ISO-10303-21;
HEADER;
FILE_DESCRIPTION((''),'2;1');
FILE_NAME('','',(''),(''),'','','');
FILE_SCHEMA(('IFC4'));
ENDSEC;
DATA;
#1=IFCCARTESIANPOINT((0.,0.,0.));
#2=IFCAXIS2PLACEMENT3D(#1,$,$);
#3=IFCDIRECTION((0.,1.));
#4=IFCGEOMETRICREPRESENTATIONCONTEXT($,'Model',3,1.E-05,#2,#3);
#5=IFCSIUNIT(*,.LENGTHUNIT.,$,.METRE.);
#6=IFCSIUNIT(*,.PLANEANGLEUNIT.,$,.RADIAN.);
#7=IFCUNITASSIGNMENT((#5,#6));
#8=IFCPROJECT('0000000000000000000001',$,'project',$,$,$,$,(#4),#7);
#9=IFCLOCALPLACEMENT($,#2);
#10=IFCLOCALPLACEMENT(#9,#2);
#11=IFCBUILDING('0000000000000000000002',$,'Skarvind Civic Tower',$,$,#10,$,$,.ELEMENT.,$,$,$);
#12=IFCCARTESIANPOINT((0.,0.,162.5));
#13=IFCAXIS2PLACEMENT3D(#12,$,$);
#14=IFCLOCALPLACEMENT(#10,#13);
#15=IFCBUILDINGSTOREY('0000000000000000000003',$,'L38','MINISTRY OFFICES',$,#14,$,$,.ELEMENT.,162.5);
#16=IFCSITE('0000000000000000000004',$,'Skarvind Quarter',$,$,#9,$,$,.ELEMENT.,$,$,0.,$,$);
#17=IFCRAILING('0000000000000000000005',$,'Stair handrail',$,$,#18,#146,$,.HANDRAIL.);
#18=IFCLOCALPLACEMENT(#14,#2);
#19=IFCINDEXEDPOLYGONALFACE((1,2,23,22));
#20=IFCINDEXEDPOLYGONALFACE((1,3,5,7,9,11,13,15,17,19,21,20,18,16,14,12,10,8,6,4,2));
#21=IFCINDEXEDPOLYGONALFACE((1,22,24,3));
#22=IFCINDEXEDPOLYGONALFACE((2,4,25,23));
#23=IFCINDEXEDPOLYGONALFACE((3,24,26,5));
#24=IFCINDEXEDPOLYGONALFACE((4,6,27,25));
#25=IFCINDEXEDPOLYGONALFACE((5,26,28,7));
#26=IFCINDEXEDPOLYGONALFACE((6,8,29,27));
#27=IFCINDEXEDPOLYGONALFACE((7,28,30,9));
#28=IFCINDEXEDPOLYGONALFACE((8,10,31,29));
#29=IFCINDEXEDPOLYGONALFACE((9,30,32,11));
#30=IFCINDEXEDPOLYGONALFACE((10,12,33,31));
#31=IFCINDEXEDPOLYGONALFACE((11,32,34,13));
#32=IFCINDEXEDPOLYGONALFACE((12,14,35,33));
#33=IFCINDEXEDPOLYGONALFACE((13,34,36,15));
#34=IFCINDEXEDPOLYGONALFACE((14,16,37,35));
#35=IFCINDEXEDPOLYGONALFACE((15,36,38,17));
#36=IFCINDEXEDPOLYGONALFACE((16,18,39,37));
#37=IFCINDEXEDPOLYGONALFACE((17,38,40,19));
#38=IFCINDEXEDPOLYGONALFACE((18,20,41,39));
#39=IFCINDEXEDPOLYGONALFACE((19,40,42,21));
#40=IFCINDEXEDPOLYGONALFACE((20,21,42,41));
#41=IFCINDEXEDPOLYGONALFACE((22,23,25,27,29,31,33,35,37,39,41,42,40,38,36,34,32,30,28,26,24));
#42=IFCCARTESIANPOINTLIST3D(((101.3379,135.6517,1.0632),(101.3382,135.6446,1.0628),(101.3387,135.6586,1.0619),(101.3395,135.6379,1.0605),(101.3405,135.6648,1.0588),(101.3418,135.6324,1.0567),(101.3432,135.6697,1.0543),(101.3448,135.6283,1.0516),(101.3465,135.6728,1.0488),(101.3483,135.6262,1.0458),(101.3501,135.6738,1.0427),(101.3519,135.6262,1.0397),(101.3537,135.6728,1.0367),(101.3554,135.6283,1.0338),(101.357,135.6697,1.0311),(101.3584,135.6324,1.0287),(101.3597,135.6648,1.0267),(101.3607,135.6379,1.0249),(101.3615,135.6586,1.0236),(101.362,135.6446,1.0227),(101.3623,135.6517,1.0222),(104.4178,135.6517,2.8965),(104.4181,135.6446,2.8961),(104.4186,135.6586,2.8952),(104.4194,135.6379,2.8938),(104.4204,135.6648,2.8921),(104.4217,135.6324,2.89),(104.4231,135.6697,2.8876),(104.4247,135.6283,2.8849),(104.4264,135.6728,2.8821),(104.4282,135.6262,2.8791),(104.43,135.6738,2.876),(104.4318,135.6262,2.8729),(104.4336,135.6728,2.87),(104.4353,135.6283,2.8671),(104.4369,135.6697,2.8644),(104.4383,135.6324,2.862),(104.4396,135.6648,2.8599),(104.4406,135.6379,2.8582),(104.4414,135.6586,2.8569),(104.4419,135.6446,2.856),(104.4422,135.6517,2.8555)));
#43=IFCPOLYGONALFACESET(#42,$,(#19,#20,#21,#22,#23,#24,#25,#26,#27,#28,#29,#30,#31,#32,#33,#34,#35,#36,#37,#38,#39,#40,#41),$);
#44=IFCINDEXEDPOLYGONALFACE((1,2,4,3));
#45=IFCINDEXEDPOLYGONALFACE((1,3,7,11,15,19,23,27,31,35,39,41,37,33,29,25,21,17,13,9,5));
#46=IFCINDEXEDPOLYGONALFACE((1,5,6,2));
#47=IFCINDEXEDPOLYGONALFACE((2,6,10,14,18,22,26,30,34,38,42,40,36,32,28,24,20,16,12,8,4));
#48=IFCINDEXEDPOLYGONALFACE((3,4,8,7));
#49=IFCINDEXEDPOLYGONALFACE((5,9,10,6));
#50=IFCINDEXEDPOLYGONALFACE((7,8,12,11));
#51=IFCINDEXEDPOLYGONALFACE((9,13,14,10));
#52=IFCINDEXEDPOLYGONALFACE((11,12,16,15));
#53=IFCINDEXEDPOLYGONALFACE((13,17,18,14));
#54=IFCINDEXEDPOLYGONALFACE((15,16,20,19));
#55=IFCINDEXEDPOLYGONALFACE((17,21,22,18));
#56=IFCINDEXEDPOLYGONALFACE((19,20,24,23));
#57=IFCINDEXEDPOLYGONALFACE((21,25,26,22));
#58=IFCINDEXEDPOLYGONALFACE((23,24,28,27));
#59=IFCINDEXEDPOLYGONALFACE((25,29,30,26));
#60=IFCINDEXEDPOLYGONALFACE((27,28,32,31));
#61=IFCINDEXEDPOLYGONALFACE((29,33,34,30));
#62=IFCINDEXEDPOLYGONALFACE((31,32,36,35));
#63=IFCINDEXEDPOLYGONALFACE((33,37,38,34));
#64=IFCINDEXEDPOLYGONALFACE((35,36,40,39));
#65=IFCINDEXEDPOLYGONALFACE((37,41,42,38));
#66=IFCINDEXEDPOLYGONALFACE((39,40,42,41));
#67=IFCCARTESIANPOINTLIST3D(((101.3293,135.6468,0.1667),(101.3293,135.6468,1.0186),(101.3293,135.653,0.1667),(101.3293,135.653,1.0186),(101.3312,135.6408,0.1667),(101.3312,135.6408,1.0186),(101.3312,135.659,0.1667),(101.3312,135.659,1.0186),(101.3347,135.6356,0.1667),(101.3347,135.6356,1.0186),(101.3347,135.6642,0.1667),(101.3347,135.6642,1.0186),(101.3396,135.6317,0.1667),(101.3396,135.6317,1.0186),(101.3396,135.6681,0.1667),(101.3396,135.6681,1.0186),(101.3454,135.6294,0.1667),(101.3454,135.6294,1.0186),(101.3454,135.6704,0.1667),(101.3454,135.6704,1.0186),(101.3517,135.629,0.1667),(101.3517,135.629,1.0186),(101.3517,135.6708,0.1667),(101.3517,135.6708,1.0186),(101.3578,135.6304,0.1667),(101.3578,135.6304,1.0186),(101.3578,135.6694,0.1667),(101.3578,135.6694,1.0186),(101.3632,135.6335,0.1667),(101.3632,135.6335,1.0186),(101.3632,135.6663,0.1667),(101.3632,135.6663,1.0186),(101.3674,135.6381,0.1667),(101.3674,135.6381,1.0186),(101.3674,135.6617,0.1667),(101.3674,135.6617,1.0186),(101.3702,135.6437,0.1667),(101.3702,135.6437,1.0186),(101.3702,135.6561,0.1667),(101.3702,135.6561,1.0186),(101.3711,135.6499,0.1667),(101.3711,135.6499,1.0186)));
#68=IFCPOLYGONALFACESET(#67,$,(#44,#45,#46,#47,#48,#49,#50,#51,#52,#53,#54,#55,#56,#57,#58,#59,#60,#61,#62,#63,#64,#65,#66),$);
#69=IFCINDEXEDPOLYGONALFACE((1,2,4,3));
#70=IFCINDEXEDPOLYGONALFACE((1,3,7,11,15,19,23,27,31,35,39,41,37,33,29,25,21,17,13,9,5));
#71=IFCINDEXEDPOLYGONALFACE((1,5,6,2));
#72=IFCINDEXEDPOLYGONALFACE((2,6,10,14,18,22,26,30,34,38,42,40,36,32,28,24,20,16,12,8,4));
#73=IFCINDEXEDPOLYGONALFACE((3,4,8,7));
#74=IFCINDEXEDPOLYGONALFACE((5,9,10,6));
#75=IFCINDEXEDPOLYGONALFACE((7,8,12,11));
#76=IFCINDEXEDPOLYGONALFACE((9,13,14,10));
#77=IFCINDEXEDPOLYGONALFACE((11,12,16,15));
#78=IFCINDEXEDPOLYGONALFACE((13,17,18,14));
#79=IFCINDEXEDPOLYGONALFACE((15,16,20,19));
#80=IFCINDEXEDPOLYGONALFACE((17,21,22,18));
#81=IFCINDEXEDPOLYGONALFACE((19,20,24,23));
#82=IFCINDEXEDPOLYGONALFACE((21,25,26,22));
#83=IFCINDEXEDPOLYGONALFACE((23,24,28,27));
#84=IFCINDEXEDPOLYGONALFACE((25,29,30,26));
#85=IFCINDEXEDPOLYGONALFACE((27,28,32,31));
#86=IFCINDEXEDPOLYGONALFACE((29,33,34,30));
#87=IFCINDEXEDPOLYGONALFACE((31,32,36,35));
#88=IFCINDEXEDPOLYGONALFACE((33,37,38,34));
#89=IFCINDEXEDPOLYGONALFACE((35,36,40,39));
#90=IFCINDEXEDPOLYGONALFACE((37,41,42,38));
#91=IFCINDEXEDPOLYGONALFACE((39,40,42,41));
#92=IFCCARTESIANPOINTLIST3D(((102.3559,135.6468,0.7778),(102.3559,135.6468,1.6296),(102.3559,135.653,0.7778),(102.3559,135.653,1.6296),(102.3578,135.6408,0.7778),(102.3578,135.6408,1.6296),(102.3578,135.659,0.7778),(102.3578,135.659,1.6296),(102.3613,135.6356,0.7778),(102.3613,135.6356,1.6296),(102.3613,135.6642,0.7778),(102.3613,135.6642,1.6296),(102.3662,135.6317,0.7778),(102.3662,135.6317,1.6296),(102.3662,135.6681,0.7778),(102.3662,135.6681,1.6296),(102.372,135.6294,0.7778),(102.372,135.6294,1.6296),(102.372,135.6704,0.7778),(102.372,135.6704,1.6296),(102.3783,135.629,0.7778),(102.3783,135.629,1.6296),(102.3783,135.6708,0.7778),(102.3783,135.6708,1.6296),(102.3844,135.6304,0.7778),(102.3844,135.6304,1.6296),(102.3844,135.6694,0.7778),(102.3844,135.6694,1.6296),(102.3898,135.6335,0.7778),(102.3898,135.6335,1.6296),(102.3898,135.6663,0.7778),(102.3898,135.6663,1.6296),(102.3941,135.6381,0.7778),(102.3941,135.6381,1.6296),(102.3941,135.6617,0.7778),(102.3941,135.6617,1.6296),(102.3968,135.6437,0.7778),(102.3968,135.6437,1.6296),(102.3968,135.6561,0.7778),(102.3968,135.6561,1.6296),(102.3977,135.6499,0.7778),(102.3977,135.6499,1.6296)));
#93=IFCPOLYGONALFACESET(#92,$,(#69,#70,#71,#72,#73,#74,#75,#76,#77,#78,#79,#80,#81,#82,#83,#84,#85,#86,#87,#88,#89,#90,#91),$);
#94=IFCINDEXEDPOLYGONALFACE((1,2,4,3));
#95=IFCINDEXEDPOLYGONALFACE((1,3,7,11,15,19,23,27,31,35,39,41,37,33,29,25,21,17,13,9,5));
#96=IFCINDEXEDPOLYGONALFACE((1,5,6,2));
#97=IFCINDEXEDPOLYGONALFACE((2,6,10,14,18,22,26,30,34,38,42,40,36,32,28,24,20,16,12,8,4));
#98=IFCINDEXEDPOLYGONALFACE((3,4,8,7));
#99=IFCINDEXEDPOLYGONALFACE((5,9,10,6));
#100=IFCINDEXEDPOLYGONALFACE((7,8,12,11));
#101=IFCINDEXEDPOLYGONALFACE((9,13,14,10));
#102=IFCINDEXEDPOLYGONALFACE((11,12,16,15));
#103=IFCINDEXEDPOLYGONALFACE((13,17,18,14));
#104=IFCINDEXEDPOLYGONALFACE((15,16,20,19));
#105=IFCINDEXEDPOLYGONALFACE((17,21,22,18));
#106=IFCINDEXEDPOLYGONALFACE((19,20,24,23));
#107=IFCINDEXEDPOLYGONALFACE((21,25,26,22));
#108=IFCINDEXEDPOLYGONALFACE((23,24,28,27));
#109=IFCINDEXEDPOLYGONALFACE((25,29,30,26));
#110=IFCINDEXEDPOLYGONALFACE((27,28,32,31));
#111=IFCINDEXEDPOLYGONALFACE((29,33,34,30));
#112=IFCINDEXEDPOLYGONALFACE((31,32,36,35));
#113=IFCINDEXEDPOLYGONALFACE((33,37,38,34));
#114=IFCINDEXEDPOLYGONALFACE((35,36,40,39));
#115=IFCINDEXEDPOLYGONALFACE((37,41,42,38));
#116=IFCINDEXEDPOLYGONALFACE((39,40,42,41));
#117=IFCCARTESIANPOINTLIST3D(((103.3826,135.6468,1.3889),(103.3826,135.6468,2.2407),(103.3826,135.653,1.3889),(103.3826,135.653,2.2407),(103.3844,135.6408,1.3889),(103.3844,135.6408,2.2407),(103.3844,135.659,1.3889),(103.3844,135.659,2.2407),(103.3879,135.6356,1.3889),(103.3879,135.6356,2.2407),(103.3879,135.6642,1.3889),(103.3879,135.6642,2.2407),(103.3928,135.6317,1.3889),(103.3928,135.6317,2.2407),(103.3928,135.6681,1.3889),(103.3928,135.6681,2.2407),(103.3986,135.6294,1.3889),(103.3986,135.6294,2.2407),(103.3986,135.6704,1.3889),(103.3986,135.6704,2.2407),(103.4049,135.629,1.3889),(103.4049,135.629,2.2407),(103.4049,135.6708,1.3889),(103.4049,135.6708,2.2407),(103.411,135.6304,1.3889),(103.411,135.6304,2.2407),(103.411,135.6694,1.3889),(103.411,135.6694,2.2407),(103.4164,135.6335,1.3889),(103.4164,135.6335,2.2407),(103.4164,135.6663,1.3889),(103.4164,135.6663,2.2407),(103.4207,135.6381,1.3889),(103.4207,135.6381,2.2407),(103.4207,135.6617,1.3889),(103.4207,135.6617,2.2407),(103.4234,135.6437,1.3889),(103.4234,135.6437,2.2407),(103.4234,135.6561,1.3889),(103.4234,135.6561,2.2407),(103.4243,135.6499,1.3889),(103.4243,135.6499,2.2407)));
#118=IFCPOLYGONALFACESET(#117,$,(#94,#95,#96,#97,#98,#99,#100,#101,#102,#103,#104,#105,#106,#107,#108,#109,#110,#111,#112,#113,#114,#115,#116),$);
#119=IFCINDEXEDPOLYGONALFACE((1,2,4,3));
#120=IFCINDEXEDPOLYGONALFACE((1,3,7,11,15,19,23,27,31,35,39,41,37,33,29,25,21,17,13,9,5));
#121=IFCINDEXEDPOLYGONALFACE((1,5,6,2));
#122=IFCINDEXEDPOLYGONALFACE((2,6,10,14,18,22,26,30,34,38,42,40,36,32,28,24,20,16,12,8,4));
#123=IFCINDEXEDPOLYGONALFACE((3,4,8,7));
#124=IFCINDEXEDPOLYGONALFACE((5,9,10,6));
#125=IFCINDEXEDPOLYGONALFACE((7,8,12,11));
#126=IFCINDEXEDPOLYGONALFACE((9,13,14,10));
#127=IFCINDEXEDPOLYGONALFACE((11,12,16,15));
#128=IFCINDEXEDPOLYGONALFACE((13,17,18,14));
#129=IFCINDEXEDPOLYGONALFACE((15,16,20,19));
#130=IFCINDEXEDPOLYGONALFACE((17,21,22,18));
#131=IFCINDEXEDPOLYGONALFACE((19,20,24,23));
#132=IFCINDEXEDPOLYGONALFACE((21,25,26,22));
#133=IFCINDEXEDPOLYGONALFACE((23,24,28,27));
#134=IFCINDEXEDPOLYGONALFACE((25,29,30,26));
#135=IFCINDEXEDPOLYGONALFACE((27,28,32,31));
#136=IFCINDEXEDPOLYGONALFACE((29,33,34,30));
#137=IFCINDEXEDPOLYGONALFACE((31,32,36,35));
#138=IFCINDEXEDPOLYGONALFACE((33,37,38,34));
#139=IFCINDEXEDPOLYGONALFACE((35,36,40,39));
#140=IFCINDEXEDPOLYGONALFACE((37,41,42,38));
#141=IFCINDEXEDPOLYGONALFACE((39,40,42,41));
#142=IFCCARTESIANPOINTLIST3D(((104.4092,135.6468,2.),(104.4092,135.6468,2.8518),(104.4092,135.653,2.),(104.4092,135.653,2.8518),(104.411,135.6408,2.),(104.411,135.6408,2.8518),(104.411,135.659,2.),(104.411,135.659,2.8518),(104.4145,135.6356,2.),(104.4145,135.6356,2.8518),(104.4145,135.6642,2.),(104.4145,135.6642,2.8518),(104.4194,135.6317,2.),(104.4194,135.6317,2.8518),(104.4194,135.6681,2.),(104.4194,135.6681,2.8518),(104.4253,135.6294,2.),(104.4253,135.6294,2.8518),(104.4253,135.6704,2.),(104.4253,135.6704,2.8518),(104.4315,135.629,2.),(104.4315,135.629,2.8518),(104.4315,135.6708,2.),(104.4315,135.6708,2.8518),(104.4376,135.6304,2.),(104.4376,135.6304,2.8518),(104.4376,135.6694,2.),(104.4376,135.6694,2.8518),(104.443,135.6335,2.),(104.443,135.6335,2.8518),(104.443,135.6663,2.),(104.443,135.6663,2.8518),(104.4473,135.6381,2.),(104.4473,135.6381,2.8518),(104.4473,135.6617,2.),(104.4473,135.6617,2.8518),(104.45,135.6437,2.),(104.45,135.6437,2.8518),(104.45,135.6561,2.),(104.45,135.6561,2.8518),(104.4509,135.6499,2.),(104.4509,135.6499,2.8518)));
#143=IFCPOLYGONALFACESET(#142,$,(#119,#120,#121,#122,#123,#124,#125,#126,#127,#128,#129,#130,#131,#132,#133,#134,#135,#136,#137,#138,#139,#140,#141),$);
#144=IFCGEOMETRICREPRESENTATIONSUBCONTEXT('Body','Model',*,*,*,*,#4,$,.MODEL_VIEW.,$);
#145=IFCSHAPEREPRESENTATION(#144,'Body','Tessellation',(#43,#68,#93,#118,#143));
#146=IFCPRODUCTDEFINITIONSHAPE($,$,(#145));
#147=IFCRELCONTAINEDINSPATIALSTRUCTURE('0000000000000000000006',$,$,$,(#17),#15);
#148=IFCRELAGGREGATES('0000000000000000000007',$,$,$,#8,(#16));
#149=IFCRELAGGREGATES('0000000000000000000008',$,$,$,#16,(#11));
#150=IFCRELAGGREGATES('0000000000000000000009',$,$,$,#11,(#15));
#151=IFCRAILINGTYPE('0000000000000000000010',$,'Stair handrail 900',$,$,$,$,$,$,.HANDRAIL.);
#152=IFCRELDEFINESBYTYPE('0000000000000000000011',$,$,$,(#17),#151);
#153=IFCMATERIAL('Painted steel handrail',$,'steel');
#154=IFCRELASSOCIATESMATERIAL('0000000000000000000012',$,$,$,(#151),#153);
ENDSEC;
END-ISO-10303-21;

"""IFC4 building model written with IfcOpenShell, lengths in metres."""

from ifc_helpers import new_model, si_unit, direction, frame, origin, origin_2d, place, context, subcontext, project, spatial, circle, extrude, material, type_object, element, save


model = new_model("IFC4")

# Units and contexts
model_context = context("Model", 3, precision=1e-05, world=origin(), true_north=direction((0.0, 1.0)))
body_context = subcontext(model_context, "Body", "Model", "MODEL_VIEW")
ifc_project = project(units=[si_unit("LENGTHUNIT", "METRE"), si_unit("PLANEANGLEUNIT", "RADIAN")], contexts=[model_context])

# Site, building, storey
site_placement = place(None, origin())
site = spatial("IfcSite", under=ifc_project, at=site_placement, Name="Skarvind Quarter", CompositionType="ELEMENT", RefElevation=0.0)
building_placement = place(site_placement, origin())
building = spatial("IfcBuilding", under=site, at=building_placement, Name="Skarvind Civic Tower", CompositionType="ELEMENT")
storey_placement = place(building_placement, frame((0.0, 0.0, 162.5)))
storey = spatial("IfcBuildingStorey", under=building, at=storey_placement, Name="L38", Description="MINISTRY OFFICES", CompositionType="ELEMENT", Elevation=162.5)

# Railing
ifc_material_1 = material(Name="Painted steel handrail", Category="steel")
railing_type = type_object("IfcRailingType", Name="Stair handrail 900", PredefinedType="HANDRAIL", material=ifc_material_1)
railing_1_placement = place(storey_placement, frame((101.3501, 135.6499, 0.1667)))
element("IfcRailing", 1, at=railing_1_placement, inside=storey, type_object=railing_type, Name="Stair handrail", PredefinedType="HANDRAIL", context=body_context, shape_type="SweptSolid", body=[
    extrude(circle(Radius=0.0239, at=origin_2d()), frame((0.0, 0.0, 0.876), z_axis=(0.859291, 0.0, 0.511487), x_axis=(0.0, 1.0, 0.0)), (0.0, 0.0, 1.0), 3.5842),
    extrude(circle(Radius=0.021, at=origin_2d()), origin(), (0.0, 0.0, 1.0), 0.8518),
    extrude(circle(Radius=0.021, at=origin_2d()), frame((1.0266, 0.0, 0.6111)), (0.0, 0.0, 1.0), 0.8518),
    extrude(circle(Radius=0.021, at=origin_2d()), frame((2.0532, 0.0, 1.2222)), (0.0, 0.0, 1.0), 0.8518),
    extrude(circle(Radius=0.021, at=origin_2d()), frame((3.0798, 0.0, 1.8333)), (0.0, 0.0, 1.0), 0.8518),
])

save(model, "model.ifc")
